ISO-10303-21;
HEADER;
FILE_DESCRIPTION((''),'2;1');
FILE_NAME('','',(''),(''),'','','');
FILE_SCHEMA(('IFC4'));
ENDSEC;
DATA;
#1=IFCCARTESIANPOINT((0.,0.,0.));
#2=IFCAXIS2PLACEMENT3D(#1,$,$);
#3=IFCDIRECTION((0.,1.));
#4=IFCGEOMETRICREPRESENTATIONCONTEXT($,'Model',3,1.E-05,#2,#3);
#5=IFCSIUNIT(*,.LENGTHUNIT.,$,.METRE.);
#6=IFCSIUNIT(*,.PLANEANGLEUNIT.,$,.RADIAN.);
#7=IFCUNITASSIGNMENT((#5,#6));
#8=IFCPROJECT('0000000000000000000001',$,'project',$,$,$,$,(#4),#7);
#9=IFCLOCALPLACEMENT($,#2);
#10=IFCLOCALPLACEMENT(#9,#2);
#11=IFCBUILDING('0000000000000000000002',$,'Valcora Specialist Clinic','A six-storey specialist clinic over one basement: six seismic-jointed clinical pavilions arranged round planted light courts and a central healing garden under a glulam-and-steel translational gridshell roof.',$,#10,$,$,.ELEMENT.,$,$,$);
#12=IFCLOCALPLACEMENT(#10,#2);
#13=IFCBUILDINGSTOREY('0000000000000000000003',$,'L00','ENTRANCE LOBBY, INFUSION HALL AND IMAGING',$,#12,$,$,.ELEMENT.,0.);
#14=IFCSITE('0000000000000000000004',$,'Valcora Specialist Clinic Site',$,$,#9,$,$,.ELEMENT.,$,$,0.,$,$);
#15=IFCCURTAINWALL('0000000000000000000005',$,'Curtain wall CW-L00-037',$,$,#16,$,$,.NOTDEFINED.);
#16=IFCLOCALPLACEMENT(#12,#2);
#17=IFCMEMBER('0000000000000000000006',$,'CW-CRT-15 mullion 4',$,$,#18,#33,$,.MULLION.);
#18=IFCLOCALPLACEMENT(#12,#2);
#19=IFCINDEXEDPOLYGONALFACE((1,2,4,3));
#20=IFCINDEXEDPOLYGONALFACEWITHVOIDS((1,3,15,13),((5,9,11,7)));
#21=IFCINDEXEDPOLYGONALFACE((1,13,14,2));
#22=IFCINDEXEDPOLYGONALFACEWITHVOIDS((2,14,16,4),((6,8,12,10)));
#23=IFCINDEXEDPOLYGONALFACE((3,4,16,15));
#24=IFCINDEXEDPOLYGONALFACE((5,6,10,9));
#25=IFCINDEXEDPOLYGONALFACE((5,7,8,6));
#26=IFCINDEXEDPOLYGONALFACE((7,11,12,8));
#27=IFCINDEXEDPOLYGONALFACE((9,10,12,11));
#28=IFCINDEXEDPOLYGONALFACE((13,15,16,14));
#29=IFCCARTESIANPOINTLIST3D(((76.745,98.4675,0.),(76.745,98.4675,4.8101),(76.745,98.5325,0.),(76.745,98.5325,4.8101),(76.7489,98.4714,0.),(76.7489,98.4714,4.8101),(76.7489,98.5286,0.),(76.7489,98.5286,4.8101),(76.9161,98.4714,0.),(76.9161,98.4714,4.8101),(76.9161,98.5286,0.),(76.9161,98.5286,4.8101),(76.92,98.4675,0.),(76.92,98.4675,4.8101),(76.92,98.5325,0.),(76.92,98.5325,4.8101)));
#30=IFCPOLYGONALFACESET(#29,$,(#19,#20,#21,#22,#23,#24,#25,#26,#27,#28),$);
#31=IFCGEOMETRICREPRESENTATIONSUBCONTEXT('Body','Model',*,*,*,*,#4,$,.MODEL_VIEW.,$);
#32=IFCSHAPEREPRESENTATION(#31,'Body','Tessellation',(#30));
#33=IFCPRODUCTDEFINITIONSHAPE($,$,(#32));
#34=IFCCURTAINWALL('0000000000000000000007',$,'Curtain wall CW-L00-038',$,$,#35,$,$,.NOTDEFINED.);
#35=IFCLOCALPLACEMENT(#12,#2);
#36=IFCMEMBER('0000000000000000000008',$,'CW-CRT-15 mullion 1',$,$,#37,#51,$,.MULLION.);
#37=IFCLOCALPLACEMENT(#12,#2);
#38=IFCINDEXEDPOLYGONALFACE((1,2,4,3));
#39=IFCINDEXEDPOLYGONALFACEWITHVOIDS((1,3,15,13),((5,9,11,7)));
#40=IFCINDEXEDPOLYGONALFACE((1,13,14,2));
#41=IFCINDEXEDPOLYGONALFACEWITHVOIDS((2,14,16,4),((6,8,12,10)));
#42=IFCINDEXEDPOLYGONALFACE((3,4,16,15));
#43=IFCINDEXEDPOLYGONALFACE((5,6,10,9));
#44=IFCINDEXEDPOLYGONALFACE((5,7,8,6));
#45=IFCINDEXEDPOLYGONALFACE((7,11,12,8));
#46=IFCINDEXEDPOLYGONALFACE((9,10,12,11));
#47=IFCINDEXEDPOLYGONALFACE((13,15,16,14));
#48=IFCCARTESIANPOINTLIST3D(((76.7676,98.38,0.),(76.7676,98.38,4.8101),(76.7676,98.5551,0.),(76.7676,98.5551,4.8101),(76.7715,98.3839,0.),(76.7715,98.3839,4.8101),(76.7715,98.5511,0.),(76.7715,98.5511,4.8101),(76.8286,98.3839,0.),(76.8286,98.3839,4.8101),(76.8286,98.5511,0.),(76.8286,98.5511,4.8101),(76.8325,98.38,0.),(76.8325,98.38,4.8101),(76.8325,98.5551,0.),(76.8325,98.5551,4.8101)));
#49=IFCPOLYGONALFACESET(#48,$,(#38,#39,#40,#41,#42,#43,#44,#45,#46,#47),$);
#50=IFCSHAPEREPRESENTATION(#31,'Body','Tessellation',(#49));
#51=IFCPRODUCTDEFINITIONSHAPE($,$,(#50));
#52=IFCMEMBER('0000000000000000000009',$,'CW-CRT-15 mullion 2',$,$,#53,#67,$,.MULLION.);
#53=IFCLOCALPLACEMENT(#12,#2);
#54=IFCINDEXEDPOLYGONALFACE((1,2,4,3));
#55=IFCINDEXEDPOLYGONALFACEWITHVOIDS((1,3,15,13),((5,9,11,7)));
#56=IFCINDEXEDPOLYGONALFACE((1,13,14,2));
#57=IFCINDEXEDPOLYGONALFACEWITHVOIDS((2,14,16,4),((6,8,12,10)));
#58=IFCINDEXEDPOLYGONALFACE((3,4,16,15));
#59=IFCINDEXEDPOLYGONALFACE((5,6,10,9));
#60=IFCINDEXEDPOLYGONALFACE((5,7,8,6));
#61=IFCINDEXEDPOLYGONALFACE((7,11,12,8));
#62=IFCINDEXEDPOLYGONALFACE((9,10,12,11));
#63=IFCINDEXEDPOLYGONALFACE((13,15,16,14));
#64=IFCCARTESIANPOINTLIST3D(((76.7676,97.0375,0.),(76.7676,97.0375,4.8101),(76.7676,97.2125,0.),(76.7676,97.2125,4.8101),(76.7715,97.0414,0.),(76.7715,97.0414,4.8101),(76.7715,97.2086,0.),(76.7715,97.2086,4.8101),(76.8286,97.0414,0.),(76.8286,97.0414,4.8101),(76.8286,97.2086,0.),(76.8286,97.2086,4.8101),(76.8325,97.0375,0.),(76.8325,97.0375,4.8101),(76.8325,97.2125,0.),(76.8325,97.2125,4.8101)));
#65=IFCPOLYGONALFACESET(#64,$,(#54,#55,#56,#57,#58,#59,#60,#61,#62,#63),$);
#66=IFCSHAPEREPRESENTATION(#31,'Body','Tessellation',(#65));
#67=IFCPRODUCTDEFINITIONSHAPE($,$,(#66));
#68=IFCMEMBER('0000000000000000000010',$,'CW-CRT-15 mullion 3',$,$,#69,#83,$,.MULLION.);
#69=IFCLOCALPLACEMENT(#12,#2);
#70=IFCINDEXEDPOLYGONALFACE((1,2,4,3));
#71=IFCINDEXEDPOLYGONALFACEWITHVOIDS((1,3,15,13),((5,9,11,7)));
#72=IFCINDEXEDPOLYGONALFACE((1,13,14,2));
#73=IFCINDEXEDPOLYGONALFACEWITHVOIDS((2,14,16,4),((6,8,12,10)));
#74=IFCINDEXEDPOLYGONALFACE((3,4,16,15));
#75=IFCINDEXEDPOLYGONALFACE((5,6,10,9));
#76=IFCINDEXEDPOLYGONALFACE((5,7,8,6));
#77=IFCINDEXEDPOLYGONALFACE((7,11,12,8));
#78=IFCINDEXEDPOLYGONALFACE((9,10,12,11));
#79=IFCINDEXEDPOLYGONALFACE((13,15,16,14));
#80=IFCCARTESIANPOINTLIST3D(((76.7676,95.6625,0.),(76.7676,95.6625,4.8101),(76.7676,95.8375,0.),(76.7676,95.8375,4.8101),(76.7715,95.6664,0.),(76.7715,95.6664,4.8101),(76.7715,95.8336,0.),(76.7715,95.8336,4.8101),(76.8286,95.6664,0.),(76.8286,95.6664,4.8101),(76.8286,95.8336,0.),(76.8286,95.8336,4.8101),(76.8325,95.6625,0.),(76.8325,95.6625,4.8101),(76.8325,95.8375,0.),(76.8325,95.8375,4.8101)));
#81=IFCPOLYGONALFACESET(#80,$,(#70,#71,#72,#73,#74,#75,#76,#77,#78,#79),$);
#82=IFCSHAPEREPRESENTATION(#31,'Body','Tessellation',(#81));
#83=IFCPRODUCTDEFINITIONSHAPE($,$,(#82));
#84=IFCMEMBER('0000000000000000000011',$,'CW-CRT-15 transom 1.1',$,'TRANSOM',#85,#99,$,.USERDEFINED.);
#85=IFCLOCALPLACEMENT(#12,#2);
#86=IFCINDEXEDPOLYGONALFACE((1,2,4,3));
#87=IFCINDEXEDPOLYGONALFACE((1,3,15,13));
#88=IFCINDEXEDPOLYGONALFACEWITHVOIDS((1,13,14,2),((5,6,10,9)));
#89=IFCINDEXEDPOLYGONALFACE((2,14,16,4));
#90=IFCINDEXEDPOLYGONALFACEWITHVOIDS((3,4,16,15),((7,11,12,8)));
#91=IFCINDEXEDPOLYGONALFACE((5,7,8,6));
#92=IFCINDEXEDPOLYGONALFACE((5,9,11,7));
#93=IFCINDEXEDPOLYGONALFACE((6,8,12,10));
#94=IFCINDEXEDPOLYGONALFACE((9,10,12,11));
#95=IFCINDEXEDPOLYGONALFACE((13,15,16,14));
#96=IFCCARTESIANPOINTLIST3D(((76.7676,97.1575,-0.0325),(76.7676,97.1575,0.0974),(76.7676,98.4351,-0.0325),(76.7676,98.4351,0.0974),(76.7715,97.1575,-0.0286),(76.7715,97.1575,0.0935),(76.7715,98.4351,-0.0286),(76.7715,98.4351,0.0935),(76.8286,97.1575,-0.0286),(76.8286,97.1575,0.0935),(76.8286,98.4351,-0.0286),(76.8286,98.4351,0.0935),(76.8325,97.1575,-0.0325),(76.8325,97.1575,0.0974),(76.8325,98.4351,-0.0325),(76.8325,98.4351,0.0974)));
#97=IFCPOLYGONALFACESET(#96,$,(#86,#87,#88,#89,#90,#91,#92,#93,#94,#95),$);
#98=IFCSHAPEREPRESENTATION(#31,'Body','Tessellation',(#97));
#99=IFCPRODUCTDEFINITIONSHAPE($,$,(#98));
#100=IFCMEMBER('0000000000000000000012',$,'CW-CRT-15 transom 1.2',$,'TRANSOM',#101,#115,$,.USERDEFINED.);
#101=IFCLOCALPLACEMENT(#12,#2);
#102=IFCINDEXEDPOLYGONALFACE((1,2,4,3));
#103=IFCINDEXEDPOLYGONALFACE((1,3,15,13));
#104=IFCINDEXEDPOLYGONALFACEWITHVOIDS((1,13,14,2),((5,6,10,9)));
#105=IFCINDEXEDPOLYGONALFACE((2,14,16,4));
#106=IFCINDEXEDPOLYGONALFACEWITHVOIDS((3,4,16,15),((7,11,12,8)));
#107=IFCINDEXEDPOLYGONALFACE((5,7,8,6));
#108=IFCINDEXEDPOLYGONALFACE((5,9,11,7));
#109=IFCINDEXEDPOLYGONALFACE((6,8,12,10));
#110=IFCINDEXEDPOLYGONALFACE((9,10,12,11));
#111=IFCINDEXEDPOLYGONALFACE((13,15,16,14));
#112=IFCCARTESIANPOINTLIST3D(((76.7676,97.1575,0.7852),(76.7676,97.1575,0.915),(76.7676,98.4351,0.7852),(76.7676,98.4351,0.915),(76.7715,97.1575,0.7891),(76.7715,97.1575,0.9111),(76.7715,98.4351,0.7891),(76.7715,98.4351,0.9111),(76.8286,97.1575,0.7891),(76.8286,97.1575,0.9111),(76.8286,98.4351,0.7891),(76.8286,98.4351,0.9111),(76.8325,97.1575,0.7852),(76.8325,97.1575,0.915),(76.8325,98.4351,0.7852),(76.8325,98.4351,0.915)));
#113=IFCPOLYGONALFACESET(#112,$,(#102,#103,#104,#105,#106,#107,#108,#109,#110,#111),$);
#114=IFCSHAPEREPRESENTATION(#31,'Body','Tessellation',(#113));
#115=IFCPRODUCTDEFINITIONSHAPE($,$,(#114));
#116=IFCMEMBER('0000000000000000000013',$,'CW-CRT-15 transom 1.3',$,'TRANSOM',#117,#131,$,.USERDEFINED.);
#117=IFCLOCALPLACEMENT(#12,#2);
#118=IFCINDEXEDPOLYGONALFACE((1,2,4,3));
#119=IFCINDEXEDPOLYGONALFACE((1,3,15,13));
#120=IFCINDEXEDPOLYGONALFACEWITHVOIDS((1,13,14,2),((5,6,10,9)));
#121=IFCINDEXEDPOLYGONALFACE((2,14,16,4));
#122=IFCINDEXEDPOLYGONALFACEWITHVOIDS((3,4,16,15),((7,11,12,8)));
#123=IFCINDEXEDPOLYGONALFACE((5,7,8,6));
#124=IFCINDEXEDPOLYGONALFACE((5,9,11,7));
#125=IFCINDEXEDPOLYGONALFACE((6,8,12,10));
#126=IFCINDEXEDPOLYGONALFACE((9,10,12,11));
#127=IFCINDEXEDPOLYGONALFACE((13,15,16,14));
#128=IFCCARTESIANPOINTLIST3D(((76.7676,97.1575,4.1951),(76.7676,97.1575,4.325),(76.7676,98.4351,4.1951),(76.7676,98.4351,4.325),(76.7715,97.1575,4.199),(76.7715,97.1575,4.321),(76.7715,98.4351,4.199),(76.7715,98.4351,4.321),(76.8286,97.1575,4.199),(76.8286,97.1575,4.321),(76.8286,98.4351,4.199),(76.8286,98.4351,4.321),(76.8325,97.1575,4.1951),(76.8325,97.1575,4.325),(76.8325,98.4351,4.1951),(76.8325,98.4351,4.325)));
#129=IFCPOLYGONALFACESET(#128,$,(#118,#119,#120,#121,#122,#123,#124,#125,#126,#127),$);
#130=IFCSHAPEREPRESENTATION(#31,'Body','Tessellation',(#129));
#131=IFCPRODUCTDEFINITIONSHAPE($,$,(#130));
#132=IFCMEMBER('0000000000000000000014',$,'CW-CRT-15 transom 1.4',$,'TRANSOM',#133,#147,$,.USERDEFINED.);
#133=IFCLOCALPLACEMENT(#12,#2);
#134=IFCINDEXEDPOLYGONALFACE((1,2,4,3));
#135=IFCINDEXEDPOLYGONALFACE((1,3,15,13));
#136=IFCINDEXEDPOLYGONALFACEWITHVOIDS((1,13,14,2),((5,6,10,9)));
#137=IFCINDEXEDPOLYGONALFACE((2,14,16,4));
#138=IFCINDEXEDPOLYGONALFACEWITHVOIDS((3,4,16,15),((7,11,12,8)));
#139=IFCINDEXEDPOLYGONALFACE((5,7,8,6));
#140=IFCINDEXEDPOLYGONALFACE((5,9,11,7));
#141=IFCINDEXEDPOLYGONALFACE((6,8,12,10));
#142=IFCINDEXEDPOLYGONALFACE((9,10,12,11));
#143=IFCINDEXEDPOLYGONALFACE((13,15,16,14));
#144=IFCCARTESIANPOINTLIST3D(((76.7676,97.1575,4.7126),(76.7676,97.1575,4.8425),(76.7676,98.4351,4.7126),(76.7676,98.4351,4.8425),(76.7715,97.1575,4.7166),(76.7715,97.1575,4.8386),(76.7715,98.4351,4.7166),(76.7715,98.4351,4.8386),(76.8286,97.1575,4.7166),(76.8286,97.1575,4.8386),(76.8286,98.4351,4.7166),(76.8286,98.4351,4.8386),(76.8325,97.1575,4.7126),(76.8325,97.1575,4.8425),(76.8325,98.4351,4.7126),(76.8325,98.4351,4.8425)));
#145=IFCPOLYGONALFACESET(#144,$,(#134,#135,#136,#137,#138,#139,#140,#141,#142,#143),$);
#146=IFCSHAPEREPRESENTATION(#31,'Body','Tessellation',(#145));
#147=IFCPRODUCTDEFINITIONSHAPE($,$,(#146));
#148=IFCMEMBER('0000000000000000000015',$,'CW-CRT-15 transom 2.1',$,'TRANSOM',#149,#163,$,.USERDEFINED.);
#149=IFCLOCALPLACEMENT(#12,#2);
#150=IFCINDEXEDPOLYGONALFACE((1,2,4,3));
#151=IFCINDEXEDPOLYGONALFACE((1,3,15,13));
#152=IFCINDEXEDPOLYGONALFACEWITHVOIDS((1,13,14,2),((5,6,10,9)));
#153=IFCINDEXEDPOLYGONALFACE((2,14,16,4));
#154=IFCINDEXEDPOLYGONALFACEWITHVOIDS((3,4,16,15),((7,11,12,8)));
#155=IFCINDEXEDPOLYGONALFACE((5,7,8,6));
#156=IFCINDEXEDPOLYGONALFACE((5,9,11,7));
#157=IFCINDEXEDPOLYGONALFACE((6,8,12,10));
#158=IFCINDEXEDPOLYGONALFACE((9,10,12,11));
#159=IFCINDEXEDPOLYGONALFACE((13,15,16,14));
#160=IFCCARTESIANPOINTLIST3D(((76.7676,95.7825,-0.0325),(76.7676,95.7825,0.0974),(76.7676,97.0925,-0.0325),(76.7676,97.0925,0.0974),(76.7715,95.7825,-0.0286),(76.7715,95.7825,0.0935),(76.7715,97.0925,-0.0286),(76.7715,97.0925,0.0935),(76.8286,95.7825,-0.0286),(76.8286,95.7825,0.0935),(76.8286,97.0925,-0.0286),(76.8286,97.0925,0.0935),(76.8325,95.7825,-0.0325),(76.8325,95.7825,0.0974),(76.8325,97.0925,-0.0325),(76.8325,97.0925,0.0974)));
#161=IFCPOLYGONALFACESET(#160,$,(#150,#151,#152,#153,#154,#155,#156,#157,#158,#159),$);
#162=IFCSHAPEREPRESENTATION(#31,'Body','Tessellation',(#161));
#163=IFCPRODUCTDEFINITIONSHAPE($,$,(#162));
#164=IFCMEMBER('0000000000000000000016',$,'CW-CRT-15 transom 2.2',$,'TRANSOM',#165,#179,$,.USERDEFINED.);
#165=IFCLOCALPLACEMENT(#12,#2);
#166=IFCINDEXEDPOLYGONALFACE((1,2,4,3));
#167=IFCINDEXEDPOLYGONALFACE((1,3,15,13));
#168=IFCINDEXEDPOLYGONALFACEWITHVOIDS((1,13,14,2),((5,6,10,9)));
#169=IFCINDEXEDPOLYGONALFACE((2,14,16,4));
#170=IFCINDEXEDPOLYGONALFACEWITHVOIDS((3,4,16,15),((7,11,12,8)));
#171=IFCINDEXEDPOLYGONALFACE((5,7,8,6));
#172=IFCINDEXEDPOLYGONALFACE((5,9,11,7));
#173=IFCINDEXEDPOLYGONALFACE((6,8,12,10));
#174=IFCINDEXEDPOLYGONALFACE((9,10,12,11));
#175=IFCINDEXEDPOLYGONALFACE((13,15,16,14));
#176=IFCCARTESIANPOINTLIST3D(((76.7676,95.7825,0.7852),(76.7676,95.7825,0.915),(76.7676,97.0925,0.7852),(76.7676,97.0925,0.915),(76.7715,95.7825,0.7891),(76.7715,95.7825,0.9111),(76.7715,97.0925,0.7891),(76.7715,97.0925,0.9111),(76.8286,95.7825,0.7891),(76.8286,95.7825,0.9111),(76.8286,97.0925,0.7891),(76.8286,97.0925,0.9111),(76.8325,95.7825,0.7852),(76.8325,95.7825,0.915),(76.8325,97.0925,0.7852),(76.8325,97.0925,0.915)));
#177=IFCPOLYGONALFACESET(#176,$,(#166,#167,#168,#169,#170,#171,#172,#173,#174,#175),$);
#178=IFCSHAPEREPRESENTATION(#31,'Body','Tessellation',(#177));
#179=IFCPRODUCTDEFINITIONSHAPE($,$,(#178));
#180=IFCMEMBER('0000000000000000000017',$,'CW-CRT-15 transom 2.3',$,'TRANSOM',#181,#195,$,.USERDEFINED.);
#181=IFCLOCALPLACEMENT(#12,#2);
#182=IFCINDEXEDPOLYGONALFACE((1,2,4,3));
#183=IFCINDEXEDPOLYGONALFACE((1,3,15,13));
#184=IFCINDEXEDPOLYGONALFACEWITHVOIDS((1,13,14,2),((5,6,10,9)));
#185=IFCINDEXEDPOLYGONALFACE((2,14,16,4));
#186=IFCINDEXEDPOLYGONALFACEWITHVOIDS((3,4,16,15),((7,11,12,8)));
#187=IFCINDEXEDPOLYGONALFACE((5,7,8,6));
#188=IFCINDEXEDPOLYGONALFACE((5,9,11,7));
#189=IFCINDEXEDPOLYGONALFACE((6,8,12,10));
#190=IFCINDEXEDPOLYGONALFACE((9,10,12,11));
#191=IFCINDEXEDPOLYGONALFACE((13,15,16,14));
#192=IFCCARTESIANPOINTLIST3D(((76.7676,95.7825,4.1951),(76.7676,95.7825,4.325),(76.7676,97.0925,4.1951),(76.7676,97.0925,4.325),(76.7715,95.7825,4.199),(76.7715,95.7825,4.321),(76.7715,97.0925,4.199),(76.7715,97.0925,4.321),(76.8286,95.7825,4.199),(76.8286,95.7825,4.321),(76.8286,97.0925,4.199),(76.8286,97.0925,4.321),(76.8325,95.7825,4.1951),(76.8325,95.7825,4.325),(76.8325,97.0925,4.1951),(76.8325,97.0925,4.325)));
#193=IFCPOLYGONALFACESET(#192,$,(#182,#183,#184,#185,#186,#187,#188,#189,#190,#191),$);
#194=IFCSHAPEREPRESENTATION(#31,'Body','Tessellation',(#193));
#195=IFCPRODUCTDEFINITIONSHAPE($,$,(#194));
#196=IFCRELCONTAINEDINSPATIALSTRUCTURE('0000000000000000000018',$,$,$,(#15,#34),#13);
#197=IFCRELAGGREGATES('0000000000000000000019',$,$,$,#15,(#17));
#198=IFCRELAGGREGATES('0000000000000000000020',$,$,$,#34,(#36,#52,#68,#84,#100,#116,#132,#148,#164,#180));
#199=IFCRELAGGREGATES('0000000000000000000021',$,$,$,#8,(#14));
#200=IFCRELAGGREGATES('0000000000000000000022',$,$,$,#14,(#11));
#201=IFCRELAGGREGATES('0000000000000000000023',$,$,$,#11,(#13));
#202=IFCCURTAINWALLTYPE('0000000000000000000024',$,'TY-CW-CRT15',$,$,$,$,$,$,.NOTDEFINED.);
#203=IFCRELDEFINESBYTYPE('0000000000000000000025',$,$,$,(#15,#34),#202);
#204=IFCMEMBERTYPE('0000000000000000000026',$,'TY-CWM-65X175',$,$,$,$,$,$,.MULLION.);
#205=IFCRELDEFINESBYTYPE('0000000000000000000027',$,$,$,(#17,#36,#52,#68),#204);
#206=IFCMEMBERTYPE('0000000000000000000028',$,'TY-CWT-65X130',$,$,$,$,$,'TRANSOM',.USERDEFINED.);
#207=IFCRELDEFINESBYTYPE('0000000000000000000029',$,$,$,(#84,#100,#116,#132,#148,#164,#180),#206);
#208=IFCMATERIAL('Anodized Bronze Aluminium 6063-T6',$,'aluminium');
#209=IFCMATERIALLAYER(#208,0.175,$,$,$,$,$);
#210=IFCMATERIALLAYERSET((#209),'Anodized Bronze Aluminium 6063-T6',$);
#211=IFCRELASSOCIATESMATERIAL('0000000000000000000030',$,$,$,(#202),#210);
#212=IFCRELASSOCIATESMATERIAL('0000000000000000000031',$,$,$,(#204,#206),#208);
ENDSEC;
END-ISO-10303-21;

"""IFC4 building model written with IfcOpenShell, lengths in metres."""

from ifc_helpers import new_model, si_unit, direction, frame, origin, origin_2d, place, context, subcontext, project, spatial, hollow_rectangle, extrude, material, layer, layer_set, material_profile, profile_set, type_object, element, aggregate, save


model = new_model("IFC4")

# Units and contexts
model_context = context("Model", 3, precision=1e-05, world=origin(), true_north=direction((0.0, 1.0)))
body_context = subcontext(model_context, "Body", "Model", "MODEL_VIEW")
ifc_project = project(units=[si_unit("LENGTHUNIT", "METRE"), si_unit("PLANEANGLEUNIT", "RADIAN")], contexts=[model_context])

# Site, building, storey
site_placement = place(None, origin())
site = spatial("IfcSite", under=ifc_project, at=site_placement, Name="Valcora Specialist Clinic Site", CompositionType="ELEMENT", RefElevation=0.0)
building_placement = place(site_placement, origin())
building = spatial("IfcBuilding", under=site, at=building_placement, Name="Valcora Specialist Clinic", Description="A six-storey specialist clinic over one basement: six seismic-jointed clinical pavilions arranged round planted light courts and a central healing garden under a glulam-and-steel translational gridshell roof.", CompositionType="ELEMENT")
storey_placement = place(building_placement, origin())
storey = spatial("IfcBuildingStorey", under=building, at=storey_placement, Name="L00", Description="ENTRANCE LOBBY, INFUSION HALL AND IMAGING", CompositionType="ELEMENT", Elevation=0.0)

# Curtain wall, member
ifc_material_1 = material(Name="Anodized Bronze Aluminium 6063-T6", Category="aluminium")
ifc_layer_1 = layer(ifc_material_1, 0.175)
ifc_layer_set_1 = layer_set([ifc_layer_1], Name="Anodized Bronze Aluminium 6063-T6")
curtain_wall_type = type_object("IfcCurtainWallType", Name="TY-CW-CRT15", PredefinedType="NOTDEFINED", material=ifc_layer_set_1)
curtain_wall_1_placement = place(storey_placement, origin())
curtain_wall_1 = element("IfcCurtainWall", 1, at=curtain_wall_1_placement, inside=storey, type_object=curtain_wall_type, Name="Curtain wall CW-L00-037", PredefinedType="NOTDEFINED")
ifc_material_profile_1 = material_profile(ifc_material_1, hollow_rectangle(XDim=0.0649, YDim=0.175, WallThickness=0.0039, at=origin_2d()), Name="AL-MUL-65X175")
ifc_profile_set_1 = profile_set([ifc_material_profile_1], Name="Anodized Bronze Aluminium 6063-T6")
member_type_1 = type_object("IfcMemberType", Name="TY-CWM-65X175", PredefinedType="MULLION", material=ifc_profile_set_1)
member_1_placement = place(storey_placement, frame((76.8325, 98.5, 0.0), z_axis=(0.0, 0.0, 1.0), x_axis=(0.0, -1.0, 0.0)))
member_1 = element("IfcMember", 2, at=member_1_placement, type_object=member_type_1, Name="CW-CRT-15 mullion 4", PredefinedType="MULLION", context=body_context, shape_type="SweptSolid", body=[
    extrude(hollow_rectangle(XDim=0.0649, YDim=0.175, WallThickness=0.0039, at=origin_2d()), origin(), (0.0, 0.0, 1.0), 4.8101),
])
aggregate(curtain_wall_1, [member_1])

# Curtain wall, members
curtain_wall_2_placement = place(storey_placement, origin())
curtain_wall_2 = element("IfcCurtainWall", 3, at=curtain_wall_2_placement, inside=storey, type_object=curtain_wall_type, Name="Curtain wall CW-L00-038", PredefinedType="NOTDEFINED")
member_2_placement = place(storey_placement, frame((76.8, 98.4675, 0.0), z_axis=(0.0, 0.0, 1.0), x_axis=(1.0, 0.0, 0.0)))
member_2 = element("IfcMember", 4, at=member_2_placement, type_object=member_type_1, Name="CW-CRT-15 mullion 1", PredefinedType="MULLION", context=body_context, shape_type="SweptSolid", body=[
    extrude(hollow_rectangle(XDim=0.0649, YDim=0.175, WallThickness=0.0039, at=origin_2d()), origin(), (0.0, 0.0, 1.0), 4.8101),
])
member_3_placement = place(storey_placement, frame((76.8, 97.125, 0.0), z_axis=(0.0, 0.0, 1.0), x_axis=(1.0, 0.0, 0.0)))
member_3 = element("IfcMember", 5, at=member_3_placement, type_object=member_type_1, Name="CW-CRT-15 mullion 2", PredefinedType="MULLION", context=body_context, shape_type="SweptSolid", body=[
    extrude(hollow_rectangle(XDim=0.0649, YDim=0.175, WallThickness=0.0039, at=origin_2d()), origin(), (0.0, 0.0, 1.0), 4.8101),
])
member_4_placement = place(storey_placement, frame((76.8, 95.75, 0.0), z_axis=(0.0, 0.0, 1.0), x_axis=(1.0, 0.0, 0.0)))
member_4 = element("IfcMember", 6, at=member_4_placement, type_object=member_type_1, Name="CW-CRT-15 mullion 3", PredefinedType="MULLION", context=body_context, shape_type="SweptSolid", body=[
    extrude(hollow_rectangle(XDim=0.0649, YDim=0.175, WallThickness=0.0039, at=origin_2d()), origin(), (0.0, 0.0, 1.0), 4.8101),
])
ifc_material_profile_2 = material_profile(ifc_material_1, hollow_rectangle(XDim=0.0649, YDim=0.1299, WallThickness=0.0039, at=origin_2d()), Name="AL-TRN-65X130")
ifc_profile_set_2 = profile_set([ifc_material_profile_2], Name="Anodized Bronze Aluminium 6063-T6")
member_type_2 = type_object("IfcMemberType", Name="TY-CWT-65X130", ElementType="TRANSOM", PredefinedType="USERDEFINED", material=ifc_profile_set_2)
member_5_placement = place(storey_placement, frame((76.8, 98.4351, 0.0325), z_axis=(0.0, -1.0, 0.0), x_axis=(1.0, 0.0, 0.0)))
member_5 = element("IfcMember", 7, at=member_5_placement, type_object=member_type_2, Name="CW-CRT-15 transom 1.1", ObjectType="TRANSOM", PredefinedType="USERDEFINED", context=body_context, shape_type="SweptSolid", body=[
    extrude(hollow_rectangle(XDim=0.0649, YDim=0.1299, WallThickness=0.0039, at=origin_2d()), origin(), (0.0, 0.0, 1.0), 1.2776),
])
member_6_placement = place(storey_placement, frame((76.8, 98.4351, 0.8501), z_axis=(0.0, -1.0, 0.0), x_axis=(1.0, 0.0, 0.0)))
member_6 = element("IfcMember", 8, at=member_6_placement, type_object=member_type_2, Name="CW-CRT-15 transom 1.2", ObjectType="TRANSOM", PredefinedType="USERDEFINED", context=body_context, shape_type="SweptSolid", body=[
    extrude(hollow_rectangle(XDim=0.0649, YDim=0.1299, WallThickness=0.0039, at=origin_2d()), origin(), (0.0, 0.0, 1.0), 1.2776),
])
member_7_placement = place(storey_placement, frame((76.8, 98.4351, 4.26), z_axis=(0.0, -1.0, 0.0), x_axis=(1.0, 0.0, 0.0)))
member_7 = element("IfcMember", 9, at=member_7_placement, type_object=member_type_2, Name="CW-CRT-15 transom 1.3", ObjectType="TRANSOM", PredefinedType="USERDEFINED", context=body_context, shape_type="SweptSolid", body=[
    extrude(hollow_rectangle(XDim=0.0649, YDim=0.1299, WallThickness=0.0039, at=origin_2d()), origin(), (0.0, 0.0, 1.0), 1.2776),
])
member_8_placement = place(storey_placement, frame((76.8, 98.4351, 4.7776), z_axis=(0.0, -1.0, 0.0), x_axis=(1.0, 0.0, 0.0)))
member_8 = element("IfcMember", 10, at=member_8_placement, type_object=member_type_2, Name="CW-CRT-15 transom 1.4", ObjectType="TRANSOM", PredefinedType="USERDEFINED", context=body_context, shape_type="SweptSolid", body=[
    extrude(hollow_rectangle(XDim=0.0649, YDim=0.1299, WallThickness=0.0039, at=origin_2d()), origin(), (0.0, 0.0, 1.0), 1.2776),
])
member_9_placement = place(storey_placement, frame((76.8, 97.0925, 0.0325), z_axis=(0.0, -1.0, 0.0), x_axis=(1.0, 0.0, 0.0)))
member_9 = element("IfcMember", 11, at=member_9_placement, type_object=member_type_2, Name="CW-CRT-15 transom 2.1", ObjectType="TRANSOM", PredefinedType="USERDEFINED", context=body_context, shape_type="SweptSolid", body=[
    extrude(hollow_rectangle(XDim=0.0649, YDim=0.1299, WallThickness=0.0039, at=origin_2d()), origin(), (0.0, 0.0, 1.0), 1.3101),
])
member_10_placement = place(storey_placement, frame((76.8, 97.0925, 0.8501), z_axis=(0.0, -1.0, 0.0), x_axis=(1.0, 0.0, 0.0)))
member_10 = element("IfcMember", 12, at=member_10_placement, type_object=member_type_2, Name="CW-CRT-15 transom 2.2", ObjectType="TRANSOM", PredefinedType="USERDEFINED", context=body_context, shape_type="SweptSolid", body=[
    extrude(hollow_rectangle(XDim=0.0649, YDim=0.1299, WallThickness=0.0039, at=origin_2d()), origin(), (0.0, 0.0, 1.0), 1.3101),
])
member_11_placement = place(storey_placement, frame((76.8, 97.0925, 4.26), z_axis=(0.0, -1.0, 0.0), x_axis=(1.0, 0.0, 0.0)))
member_11 = element("IfcMember", 13, at=member_11_placement, type_object=member_type_2, Name="CW-CRT-15 transom 2.3", ObjectType="TRANSOM", PredefinedType="USERDEFINED", context=body_context, shape_type="SweptSolid", body=[
    extrude(hollow_rectangle(XDim=0.0649, YDim=0.1299, WallThickness=0.0039, at=origin_2d()), origin(), (0.0, 0.0, 1.0), 1.3101),
])
aggregate(curtain_wall_2, [member_2, member_3, member_4, member_5, member_6, member_7, member_8, member_9, member_10, member_11])

save(model, "model.ifc")
